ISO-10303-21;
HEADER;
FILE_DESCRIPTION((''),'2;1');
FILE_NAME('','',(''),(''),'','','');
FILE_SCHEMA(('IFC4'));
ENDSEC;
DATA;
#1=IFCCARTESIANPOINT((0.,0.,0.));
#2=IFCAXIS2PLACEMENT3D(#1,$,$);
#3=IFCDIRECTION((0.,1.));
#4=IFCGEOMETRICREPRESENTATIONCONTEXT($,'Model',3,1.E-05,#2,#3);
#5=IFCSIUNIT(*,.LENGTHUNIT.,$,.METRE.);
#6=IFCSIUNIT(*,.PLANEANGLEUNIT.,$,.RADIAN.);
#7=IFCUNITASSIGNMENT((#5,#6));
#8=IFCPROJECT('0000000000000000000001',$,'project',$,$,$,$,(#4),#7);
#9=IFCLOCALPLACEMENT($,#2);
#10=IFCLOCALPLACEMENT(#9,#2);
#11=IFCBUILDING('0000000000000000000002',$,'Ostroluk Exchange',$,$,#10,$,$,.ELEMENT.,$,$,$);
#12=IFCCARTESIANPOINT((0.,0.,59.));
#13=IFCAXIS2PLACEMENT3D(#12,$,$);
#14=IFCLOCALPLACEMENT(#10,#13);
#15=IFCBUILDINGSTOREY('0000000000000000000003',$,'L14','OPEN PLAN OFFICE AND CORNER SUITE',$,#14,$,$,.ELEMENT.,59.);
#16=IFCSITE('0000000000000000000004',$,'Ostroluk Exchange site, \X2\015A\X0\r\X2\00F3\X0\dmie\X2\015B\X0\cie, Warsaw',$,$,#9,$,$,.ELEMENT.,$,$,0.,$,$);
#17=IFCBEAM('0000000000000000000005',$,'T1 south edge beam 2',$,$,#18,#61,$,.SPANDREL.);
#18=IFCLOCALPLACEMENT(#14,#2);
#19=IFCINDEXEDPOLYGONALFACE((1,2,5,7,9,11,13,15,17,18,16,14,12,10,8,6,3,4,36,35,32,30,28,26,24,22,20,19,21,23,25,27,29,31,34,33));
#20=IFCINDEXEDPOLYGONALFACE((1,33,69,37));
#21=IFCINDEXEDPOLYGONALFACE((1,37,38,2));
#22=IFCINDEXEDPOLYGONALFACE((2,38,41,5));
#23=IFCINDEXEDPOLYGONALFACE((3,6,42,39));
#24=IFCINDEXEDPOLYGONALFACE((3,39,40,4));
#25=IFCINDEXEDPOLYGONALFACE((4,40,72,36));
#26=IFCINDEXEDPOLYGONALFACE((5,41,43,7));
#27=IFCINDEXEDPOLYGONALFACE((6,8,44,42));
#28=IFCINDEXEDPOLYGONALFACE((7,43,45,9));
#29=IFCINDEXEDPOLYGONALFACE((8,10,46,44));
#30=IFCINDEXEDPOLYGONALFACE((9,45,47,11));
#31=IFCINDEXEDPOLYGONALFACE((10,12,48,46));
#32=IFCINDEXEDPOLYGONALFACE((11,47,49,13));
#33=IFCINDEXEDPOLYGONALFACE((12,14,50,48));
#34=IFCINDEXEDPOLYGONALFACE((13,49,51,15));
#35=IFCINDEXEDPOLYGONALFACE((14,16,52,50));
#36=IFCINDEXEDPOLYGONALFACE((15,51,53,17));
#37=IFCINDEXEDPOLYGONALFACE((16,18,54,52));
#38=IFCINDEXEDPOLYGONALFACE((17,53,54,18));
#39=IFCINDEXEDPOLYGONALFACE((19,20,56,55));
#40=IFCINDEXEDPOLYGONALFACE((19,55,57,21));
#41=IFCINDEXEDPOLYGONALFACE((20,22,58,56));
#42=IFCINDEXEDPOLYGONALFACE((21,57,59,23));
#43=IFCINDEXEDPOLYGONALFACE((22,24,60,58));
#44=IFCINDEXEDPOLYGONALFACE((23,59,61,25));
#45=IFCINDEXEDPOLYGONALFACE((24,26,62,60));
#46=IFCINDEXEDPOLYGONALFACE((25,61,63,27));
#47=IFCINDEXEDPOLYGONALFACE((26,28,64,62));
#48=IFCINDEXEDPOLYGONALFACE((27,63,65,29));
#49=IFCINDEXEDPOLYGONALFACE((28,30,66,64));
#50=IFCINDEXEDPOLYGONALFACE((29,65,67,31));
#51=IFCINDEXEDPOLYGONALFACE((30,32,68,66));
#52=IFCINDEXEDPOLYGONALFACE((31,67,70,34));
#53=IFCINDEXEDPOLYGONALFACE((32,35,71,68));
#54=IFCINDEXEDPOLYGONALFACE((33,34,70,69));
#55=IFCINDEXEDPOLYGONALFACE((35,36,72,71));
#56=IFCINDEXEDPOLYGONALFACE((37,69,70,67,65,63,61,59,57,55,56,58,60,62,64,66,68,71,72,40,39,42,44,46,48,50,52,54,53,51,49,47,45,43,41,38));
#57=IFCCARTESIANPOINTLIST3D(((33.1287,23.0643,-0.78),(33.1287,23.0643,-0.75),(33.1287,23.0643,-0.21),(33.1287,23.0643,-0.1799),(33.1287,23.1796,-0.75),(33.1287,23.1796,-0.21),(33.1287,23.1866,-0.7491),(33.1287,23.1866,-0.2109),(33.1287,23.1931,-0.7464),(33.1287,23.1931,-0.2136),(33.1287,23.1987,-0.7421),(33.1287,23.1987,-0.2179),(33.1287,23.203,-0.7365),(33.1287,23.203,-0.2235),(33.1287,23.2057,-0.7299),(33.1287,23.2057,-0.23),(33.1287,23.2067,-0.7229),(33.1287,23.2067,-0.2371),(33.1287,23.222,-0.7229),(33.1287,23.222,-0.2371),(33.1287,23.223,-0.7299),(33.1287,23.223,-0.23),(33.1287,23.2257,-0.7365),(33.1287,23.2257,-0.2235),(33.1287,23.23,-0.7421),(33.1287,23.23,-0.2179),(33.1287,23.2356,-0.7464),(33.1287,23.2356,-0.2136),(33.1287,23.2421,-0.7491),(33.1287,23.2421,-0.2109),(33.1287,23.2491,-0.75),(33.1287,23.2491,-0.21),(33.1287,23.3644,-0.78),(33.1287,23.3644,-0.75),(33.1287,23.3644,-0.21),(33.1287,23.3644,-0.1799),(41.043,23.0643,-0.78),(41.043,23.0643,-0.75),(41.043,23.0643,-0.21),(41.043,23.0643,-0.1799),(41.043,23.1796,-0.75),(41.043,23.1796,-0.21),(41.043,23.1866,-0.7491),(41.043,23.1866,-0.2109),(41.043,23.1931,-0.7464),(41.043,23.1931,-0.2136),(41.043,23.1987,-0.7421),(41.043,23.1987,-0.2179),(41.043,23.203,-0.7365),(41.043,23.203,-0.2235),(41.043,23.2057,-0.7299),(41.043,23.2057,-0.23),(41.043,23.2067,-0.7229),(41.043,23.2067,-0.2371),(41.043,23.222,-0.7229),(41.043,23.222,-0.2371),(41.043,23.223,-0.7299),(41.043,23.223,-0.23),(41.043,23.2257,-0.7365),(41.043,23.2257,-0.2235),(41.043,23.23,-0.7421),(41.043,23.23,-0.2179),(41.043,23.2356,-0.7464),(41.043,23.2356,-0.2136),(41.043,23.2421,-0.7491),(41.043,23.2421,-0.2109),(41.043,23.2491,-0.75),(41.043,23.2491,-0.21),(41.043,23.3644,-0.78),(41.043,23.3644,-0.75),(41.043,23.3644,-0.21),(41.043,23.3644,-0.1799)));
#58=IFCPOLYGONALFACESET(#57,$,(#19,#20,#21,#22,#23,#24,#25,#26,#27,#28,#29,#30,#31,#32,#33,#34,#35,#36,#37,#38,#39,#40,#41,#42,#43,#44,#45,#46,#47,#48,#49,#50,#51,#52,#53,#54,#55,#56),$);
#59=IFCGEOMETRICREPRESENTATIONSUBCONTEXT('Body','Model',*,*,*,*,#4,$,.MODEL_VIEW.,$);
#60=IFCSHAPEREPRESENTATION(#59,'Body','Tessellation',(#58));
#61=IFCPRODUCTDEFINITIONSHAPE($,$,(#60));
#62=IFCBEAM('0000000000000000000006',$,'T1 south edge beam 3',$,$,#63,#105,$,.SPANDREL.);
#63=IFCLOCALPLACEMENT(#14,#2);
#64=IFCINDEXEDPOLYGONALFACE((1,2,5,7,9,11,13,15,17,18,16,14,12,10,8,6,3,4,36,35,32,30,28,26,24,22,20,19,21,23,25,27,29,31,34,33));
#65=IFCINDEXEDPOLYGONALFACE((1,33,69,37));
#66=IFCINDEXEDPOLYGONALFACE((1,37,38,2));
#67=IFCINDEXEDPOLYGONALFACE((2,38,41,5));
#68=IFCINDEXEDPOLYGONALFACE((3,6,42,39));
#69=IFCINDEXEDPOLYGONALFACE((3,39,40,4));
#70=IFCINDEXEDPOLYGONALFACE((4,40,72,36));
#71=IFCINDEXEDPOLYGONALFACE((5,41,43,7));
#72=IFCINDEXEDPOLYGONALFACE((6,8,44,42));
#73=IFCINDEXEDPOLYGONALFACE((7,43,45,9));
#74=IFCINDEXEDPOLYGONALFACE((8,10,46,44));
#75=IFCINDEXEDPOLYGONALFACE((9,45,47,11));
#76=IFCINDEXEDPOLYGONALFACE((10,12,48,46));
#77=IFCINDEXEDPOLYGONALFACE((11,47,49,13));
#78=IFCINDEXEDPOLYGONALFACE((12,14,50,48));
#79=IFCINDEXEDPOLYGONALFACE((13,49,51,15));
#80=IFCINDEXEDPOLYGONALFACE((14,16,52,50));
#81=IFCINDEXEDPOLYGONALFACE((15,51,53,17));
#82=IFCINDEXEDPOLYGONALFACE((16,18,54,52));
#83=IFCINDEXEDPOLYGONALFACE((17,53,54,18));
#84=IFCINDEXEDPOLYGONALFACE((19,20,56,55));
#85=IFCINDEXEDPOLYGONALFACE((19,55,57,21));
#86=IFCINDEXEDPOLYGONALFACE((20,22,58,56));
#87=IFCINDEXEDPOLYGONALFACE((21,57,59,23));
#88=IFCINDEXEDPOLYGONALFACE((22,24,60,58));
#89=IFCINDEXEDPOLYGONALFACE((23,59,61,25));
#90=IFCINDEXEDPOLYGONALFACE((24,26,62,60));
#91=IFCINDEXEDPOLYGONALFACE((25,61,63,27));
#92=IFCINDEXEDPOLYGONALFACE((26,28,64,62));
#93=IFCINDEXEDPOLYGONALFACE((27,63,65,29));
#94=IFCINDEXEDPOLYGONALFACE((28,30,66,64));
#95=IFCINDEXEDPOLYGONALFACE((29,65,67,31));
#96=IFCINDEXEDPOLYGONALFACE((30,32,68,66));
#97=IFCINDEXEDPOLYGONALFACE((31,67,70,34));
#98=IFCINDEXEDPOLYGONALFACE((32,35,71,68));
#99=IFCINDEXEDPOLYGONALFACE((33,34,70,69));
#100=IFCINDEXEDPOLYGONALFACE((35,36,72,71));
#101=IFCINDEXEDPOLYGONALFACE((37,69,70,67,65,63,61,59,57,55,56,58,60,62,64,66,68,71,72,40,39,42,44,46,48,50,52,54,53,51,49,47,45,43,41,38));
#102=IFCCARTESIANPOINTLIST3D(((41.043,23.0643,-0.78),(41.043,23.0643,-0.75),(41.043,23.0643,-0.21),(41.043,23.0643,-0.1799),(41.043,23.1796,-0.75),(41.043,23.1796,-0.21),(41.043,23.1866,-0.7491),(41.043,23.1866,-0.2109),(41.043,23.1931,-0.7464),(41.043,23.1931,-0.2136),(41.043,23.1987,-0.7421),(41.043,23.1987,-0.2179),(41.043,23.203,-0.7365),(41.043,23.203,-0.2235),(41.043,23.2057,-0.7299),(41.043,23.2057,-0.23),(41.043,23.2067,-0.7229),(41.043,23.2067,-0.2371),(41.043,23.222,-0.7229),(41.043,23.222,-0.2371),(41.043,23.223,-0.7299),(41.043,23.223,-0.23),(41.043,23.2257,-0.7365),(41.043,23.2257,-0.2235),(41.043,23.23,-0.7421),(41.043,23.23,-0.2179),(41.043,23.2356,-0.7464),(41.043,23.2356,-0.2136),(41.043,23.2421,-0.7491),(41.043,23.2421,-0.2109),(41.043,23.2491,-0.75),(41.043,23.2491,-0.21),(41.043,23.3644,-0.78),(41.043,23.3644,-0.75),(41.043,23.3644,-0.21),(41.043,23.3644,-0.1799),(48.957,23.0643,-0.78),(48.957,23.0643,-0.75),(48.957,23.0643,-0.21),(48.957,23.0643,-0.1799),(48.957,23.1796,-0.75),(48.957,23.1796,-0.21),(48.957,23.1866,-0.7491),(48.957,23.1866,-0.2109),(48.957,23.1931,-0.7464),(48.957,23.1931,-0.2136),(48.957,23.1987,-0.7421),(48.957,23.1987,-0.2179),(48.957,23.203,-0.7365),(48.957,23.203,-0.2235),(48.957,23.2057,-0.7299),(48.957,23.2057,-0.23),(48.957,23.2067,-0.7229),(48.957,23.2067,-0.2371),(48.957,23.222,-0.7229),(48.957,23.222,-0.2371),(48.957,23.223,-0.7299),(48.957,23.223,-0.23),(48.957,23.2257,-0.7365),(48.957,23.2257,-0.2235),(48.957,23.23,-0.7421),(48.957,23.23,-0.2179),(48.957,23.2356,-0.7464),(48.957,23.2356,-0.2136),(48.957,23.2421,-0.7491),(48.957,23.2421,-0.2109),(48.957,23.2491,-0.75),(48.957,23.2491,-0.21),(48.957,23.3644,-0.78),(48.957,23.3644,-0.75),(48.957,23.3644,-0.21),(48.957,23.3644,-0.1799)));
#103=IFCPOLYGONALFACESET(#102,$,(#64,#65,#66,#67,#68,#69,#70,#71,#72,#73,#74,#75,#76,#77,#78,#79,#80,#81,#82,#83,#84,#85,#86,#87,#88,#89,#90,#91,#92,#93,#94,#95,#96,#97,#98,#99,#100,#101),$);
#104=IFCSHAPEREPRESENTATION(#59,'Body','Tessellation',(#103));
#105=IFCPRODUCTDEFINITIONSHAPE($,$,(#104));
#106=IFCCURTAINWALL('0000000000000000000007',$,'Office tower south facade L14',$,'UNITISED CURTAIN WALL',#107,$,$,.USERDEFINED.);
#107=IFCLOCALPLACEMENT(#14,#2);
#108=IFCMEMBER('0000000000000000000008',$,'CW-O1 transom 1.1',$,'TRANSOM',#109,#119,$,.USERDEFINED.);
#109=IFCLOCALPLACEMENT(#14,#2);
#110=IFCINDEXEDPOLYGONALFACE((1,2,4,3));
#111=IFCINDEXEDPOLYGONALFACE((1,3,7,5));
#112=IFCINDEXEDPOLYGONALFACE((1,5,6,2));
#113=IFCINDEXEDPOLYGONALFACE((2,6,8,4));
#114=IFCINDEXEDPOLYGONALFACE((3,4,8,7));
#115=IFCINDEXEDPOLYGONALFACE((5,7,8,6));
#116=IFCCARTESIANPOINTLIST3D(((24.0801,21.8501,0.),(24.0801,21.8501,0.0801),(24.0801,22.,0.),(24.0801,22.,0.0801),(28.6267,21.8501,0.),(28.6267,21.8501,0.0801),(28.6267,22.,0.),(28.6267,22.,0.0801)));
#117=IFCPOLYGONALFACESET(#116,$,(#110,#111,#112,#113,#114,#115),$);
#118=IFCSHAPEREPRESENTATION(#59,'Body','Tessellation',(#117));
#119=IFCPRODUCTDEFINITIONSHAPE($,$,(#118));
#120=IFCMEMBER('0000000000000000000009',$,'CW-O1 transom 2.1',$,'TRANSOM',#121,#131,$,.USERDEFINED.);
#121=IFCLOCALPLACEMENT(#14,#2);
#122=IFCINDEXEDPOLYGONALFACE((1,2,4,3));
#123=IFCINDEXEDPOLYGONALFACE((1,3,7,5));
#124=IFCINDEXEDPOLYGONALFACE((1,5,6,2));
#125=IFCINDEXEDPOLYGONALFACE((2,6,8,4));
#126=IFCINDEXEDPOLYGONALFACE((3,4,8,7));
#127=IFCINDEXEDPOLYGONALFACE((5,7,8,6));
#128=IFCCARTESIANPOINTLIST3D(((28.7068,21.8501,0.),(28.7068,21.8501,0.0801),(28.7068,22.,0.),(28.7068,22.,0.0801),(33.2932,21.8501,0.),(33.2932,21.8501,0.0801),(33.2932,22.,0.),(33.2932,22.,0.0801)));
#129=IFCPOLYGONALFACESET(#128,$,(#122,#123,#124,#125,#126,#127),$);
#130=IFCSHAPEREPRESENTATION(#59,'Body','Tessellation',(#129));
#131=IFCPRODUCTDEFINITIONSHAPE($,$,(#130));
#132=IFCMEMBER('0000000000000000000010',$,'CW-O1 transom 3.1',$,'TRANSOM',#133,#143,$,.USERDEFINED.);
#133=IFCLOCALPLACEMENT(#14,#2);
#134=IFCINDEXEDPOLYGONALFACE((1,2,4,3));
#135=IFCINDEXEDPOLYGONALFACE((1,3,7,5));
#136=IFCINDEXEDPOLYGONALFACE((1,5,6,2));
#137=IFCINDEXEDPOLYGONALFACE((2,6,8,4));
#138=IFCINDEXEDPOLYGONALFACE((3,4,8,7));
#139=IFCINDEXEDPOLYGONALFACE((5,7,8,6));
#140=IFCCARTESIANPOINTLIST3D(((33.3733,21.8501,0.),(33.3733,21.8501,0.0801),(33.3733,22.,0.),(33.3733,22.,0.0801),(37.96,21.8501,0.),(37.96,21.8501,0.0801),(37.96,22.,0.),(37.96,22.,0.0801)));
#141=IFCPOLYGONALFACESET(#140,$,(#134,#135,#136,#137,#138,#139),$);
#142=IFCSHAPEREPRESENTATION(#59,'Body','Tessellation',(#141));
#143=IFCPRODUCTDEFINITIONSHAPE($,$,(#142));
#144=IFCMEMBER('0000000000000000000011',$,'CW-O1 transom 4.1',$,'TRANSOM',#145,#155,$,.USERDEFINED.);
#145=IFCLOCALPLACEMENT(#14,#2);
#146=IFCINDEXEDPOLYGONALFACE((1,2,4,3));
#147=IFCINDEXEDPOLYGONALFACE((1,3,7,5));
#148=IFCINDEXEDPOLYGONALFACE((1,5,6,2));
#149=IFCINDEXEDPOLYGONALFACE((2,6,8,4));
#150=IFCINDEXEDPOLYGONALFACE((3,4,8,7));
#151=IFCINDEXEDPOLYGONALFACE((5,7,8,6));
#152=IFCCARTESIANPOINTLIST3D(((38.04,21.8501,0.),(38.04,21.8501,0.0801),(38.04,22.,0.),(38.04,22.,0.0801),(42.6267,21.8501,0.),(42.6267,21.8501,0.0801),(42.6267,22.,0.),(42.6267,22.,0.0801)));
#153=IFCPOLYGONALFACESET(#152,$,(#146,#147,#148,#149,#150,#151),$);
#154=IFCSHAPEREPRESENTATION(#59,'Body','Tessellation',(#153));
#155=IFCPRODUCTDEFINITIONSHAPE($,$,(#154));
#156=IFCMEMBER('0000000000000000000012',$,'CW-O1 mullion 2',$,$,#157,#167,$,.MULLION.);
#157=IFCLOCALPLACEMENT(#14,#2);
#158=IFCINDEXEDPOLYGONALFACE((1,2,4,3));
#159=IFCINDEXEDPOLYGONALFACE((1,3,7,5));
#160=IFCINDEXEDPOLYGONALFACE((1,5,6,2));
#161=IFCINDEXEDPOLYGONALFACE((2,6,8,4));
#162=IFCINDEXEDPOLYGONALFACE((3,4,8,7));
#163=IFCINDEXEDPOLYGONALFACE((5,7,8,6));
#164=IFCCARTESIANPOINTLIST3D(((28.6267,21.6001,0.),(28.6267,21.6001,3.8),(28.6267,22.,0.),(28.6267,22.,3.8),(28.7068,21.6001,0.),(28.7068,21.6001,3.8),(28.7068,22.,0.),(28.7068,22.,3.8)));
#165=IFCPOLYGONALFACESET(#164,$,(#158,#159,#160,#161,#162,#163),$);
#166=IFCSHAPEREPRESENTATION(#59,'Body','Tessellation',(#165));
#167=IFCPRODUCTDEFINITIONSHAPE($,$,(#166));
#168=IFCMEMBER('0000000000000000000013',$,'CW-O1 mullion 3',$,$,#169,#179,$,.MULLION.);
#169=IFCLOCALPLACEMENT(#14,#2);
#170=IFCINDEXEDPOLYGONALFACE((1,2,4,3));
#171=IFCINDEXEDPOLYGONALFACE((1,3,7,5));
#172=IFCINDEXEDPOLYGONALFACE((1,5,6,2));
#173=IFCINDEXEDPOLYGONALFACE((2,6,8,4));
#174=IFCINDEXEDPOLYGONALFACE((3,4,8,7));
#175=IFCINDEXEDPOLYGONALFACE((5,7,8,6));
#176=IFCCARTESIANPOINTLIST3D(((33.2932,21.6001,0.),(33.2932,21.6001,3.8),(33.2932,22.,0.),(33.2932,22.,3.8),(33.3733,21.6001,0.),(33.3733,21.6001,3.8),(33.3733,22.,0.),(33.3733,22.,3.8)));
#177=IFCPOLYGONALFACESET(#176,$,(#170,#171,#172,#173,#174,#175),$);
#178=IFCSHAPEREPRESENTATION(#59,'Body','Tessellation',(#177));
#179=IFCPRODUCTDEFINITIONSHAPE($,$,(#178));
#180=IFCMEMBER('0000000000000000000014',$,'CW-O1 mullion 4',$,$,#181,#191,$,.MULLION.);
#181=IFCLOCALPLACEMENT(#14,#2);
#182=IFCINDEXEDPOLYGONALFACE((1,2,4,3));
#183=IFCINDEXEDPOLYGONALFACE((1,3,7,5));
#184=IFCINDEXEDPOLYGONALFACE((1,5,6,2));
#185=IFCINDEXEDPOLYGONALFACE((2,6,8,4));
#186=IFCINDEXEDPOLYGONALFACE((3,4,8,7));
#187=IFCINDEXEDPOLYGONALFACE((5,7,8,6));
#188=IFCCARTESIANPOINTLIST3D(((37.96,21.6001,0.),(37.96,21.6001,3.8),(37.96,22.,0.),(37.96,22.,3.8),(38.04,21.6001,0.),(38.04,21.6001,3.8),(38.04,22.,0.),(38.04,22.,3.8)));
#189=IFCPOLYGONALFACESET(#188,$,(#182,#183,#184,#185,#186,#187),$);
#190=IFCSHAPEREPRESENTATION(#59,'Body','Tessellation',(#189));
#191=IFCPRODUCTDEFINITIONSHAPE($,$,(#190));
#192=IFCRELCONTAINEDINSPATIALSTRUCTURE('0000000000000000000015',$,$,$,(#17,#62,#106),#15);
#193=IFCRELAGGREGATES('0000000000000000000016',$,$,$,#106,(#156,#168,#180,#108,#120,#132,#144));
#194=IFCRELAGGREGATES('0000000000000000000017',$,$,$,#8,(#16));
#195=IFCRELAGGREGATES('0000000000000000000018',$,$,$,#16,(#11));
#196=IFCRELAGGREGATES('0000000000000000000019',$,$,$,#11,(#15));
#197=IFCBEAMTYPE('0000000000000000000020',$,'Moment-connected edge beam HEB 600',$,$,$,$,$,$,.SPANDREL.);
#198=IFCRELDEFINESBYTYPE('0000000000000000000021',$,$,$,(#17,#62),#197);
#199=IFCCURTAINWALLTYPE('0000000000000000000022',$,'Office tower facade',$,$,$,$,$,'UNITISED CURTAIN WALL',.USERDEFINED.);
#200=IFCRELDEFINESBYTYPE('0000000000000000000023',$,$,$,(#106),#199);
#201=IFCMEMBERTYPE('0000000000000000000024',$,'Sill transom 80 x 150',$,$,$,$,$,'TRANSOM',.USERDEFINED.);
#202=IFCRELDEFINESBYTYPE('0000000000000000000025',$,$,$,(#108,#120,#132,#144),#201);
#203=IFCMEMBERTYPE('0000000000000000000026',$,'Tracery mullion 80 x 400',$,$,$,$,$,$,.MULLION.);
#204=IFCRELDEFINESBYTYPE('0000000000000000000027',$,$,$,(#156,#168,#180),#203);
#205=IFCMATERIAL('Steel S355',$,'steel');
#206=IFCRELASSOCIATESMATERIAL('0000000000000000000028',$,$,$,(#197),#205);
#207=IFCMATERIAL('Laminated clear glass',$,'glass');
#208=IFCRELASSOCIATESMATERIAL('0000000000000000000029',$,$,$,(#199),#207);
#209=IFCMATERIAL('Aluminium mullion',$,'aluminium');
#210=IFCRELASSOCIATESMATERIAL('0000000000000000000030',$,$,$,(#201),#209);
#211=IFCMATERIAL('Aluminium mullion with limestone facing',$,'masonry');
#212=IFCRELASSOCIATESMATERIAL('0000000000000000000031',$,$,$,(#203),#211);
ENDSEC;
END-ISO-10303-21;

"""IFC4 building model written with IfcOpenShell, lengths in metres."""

from ifc_helpers import new_model, si_unit, direction, frame, origin, origin_2d, place, context, subcontext, project, spatial, rectangle, i_section, extrude, material, material_profile, profile_set, type_object, element, aggregate, save


model = new_model("IFC4")

# Units and contexts
model_context = context("Model", 3, precision=1e-05, world=origin(), true_north=direction((0.0, 1.0)))
body_context = subcontext(model_context, "Body", "Model", "MODEL_VIEW")
ifc_project = project(units=[si_unit("LENGTHUNIT", "METRE"), si_unit("PLANEANGLEUNIT", "RADIAN")], contexts=[model_context])

# Site, building, storey
site_placement = place(None, origin())
site = spatial("IfcSite", under=ifc_project, at=site_placement, Name="Ostroluk Exchange site, Śródmieście, Warsaw", CompositionType="ELEMENT", RefElevation=0.0)
building_placement = place(site_placement, origin())
building = spatial("IfcBuilding", under=site, at=building_placement, Name="Ostroluk Exchange", CompositionType="ELEMENT")
storey_placement = place(building_placement, frame((0.0, 0.0, 59.0)))
storey = spatial("IfcBuildingStorey", under=building, at=storey_placement, Name="L14", Description="OPEN PLAN OFFICE AND CORNER SUITE", CompositionType="ELEMENT", Elevation=59.0)

# Beams
ifc_material_1 = material(Name="Steel S355", Category="steel")
ifc_material_profile_1 = material_profile(ifc_material_1, i_section(OverallWidth=0.3, OverallDepth=0.6001, WebThickness=0.0154, FlangeThickness=0.03, FilletRadius=0.0271, at=origin_2d()), Name="HEB 600")
ifc_profile_set_1 = profile_set([ifc_material_profile_1], Name="Steel S355")
beam_type_1 = type_object("IfcBeamType", Name="Moment-connected edge beam HEB 600", PredefinedType="SPANDREL", material=ifc_profile_set_1)
for number, where, z_axis, x_axis, name in (
    (1, (33.1287, 23.2144, -0.48), (1.0, 0.0, 0.0), (0.0, 1.0, 0.0), "T1 south edge beam 2"),
):
    element("IfcBeam", number, at=place(storey_placement, frame(where, z_axis=z_axis, x_axis=x_axis)), inside=storey, type_object=beam_type_1, Name=name, PredefinedType="SPANDREL", context=body_context, shape_type="SweptSolid", body=[
        extrude(i_section(OverallWidth=0.3, OverallDepth=0.6001, WebThickness=0.0154, FlangeThickness=0.03, FilletRadius=0.0271, at=origin_2d()), origin(), (0.0, 0.0, 1.0), 7.9143),
    ])
beam_1_placement = place(storey_placement, frame((41.043, 23.2144, -0.48), z_axis=(1.0, 0.0, 0.0), x_axis=(0.0, 1.0, 0.0)))
element("IfcBeam", 2, at=beam_1_placement, inside=storey, type_object=beam_type_1, Name="T1 south edge beam 3", PredefinedType="SPANDREL", context=body_context, shape_type="SweptSolid", body=[
    extrude(i_section(OverallWidth=0.3, OverallDepth=0.6001, WebThickness=0.0154, FlangeThickness=0.03, FilletRadius=0.0271, at=origin_2d()), origin(), (0.0, 0.0, 1.0), 7.9141),
])

# Curtain wall, members
ifc_material_2 = material(Name="Laminated clear glass", Category="glass")
curtain_wall_type = type_object("IfcCurtainWallType", Name="Office tower facade", ElementType="UNITISED CURTAIN WALL", PredefinedType="USERDEFINED", material=ifc_material_2)
curtain_wall_placement = place(storey_placement, origin())
curtain_wall = element("IfcCurtainWall", 3, at=curtain_wall_placement, inside=storey, type_object=curtain_wall_type, Name="Office tower south facade L14", ObjectType="UNITISED CURTAIN WALL", PredefinedType="USERDEFINED")
ifc_material_3 = material(Name="Aluminium mullion", Category="aluminium")
ifc_material_profile_2 = material_profile(ifc_material_3, rectangle(XDim=0.1499, YDim=0.0801, at=origin_2d()), Name="Sill transom 80 x 150")
ifc_profile_set_2 = profile_set([ifc_material_profile_2], Name="Aluminium mullion")
member_type_1 = type_object("IfcMemberType", Name="Sill transom 80 x 150", ElementType="TRANSOM", PredefinedType="USERDEFINED", material=ifc_profile_set_2)
member_1_placement = place(storey_placement, frame((24.0801, 21.925, 0.04), z_axis=(1.0, 0.0, 0.0), x_axis=(0.0, 1.0, 0.0)))
member_1 = element("IfcMember", 4, at=member_1_placement, type_object=member_type_1, Name="CW-O1 transom 1.1", ObjectType="TRANSOM", PredefinedType="USERDEFINED", context=body_context, shape_type="SweptSolid", body=[
    extrude(rectangle(XDim=0.1499, YDim=0.0801, at=origin_2d()), origin(), (0.0, 0.0, 1.0), 4.5466),
])
member_2_placement = place(storey_placement, frame((28.7068, 21.925, 0.04), z_axis=(1.0, 0.0, 0.0), x_axis=(0.0, 1.0, 0.0)))
member_2 = element("IfcMember", 5, at=member_2_placement, type_object=member_type_1, Name="CW-O1 transom 2.1", ObjectType="TRANSOM", PredefinedType="USERDEFINED", context=body_context, shape_type="SweptSolid", body=[
    extrude(rectangle(XDim=0.1499, YDim=0.0801, at=origin_2d()), origin(), (0.0, 0.0, 1.0), 4.5864),
])
member_3_placement = place(storey_placement, frame((33.3733, 21.925, 0.04), z_axis=(1.0, 0.0, 0.0), x_axis=(0.0, 1.0, 0.0)))
member_3 = element("IfcMember", 6, at=member_3_placement, type_object=member_type_1, Name="CW-O1 transom 3.1", ObjectType="TRANSOM", PredefinedType="USERDEFINED", context=body_context, shape_type="SweptSolid", body=[
    extrude(rectangle(XDim=0.1499, YDim=0.0801, at=origin_2d()), origin(), (0.0, 0.0, 1.0), 4.5867),
])
member_4_placement = place(storey_placement, frame((38.04, 21.925, 0.04), z_axis=(1.0, 0.0, 0.0), x_axis=(0.0, 1.0, 0.0)))
member_4 = element("IfcMember", 7, at=member_4_placement, type_object=member_type_1, Name="CW-O1 transom 4.1", ObjectType="TRANSOM", PredefinedType="USERDEFINED", context=body_context, shape_type="SweptSolid", body=[
    extrude(rectangle(XDim=0.1499, YDim=0.0801, at=origin_2d()), origin(), (0.0, 0.0, 1.0), 4.5867),
])
ifc_material_4 = material(Name="Aluminium mullion with limestone facing", Category="masonry")
ifc_material_profile_3 = material_profile(ifc_material_4, rectangle(XDim=0.3999, YDim=0.0801, at=origin_2d()), Name="Tracery mullion 80 x 400")
ifc_profile_set_3 = profile_set([ifc_material_profile_3], Name="Aluminium mullion with limestone facing")
member_type_2 = type_object("IfcMemberType", Name="Tracery mullion 80 x 400", PredefinedType="MULLION", material=ifc_profile_set_3)
member_5_placement = place(storey_placement, frame((28.6667, 21.8, 0.0), z_axis=(0.0, 0.0, 1.0), x_axis=(0.0, 1.0, 0.0)))
member_5 = element("IfcMember", 8, at=member_5_placement, type_object=member_type_2, Name="CW-O1 mullion 2", PredefinedType="MULLION", context=body_context, shape_type="SweptSolid", body=[
    extrude(rectangle(XDim=0.3999, YDim=0.0801, at=origin_2d()), origin(), (0.0, 0.0, 1.0), 3.8),
])
member_6_placement = place(storey_placement, frame((33.3333, 21.8, 0.0), z_axis=(0.0, 0.0, 1.0), x_axis=(0.0, 1.0, 0.0)))
member_6 = element("IfcMember", 9, at=member_6_placement, type_object=member_type_2, Name="CW-O1 mullion 3", PredefinedType="MULLION", context=body_context, shape_type="SweptSolid", body=[
    extrude(rectangle(XDim=0.3999, YDim=0.0801, at=origin_2d()), origin(), (0.0, 0.0, 1.0), 3.8),
])
member_7_placement = place(storey_placement, frame((38.0, 21.8, 0.0), z_axis=(0.0, 0.0, 1.0), x_axis=(0.0, 1.0, 0.0)))
member_7 = element("IfcMember", 10, at=member_7_placement, type_object=member_type_2, Name="CW-O1 mullion 4", PredefinedType="MULLION", context=body_context, shape_type="SweptSolid", body=[
    extrude(rectangle(XDim=0.3999, YDim=0.0801, at=origin_2d()), origin(), (0.0, 0.0, 1.0), 3.8),
])
aggregate(curtain_wall, [member_5, member_6, member_7, member_1, member_2, member_3, member_4])

save(model, "model.ifc")
